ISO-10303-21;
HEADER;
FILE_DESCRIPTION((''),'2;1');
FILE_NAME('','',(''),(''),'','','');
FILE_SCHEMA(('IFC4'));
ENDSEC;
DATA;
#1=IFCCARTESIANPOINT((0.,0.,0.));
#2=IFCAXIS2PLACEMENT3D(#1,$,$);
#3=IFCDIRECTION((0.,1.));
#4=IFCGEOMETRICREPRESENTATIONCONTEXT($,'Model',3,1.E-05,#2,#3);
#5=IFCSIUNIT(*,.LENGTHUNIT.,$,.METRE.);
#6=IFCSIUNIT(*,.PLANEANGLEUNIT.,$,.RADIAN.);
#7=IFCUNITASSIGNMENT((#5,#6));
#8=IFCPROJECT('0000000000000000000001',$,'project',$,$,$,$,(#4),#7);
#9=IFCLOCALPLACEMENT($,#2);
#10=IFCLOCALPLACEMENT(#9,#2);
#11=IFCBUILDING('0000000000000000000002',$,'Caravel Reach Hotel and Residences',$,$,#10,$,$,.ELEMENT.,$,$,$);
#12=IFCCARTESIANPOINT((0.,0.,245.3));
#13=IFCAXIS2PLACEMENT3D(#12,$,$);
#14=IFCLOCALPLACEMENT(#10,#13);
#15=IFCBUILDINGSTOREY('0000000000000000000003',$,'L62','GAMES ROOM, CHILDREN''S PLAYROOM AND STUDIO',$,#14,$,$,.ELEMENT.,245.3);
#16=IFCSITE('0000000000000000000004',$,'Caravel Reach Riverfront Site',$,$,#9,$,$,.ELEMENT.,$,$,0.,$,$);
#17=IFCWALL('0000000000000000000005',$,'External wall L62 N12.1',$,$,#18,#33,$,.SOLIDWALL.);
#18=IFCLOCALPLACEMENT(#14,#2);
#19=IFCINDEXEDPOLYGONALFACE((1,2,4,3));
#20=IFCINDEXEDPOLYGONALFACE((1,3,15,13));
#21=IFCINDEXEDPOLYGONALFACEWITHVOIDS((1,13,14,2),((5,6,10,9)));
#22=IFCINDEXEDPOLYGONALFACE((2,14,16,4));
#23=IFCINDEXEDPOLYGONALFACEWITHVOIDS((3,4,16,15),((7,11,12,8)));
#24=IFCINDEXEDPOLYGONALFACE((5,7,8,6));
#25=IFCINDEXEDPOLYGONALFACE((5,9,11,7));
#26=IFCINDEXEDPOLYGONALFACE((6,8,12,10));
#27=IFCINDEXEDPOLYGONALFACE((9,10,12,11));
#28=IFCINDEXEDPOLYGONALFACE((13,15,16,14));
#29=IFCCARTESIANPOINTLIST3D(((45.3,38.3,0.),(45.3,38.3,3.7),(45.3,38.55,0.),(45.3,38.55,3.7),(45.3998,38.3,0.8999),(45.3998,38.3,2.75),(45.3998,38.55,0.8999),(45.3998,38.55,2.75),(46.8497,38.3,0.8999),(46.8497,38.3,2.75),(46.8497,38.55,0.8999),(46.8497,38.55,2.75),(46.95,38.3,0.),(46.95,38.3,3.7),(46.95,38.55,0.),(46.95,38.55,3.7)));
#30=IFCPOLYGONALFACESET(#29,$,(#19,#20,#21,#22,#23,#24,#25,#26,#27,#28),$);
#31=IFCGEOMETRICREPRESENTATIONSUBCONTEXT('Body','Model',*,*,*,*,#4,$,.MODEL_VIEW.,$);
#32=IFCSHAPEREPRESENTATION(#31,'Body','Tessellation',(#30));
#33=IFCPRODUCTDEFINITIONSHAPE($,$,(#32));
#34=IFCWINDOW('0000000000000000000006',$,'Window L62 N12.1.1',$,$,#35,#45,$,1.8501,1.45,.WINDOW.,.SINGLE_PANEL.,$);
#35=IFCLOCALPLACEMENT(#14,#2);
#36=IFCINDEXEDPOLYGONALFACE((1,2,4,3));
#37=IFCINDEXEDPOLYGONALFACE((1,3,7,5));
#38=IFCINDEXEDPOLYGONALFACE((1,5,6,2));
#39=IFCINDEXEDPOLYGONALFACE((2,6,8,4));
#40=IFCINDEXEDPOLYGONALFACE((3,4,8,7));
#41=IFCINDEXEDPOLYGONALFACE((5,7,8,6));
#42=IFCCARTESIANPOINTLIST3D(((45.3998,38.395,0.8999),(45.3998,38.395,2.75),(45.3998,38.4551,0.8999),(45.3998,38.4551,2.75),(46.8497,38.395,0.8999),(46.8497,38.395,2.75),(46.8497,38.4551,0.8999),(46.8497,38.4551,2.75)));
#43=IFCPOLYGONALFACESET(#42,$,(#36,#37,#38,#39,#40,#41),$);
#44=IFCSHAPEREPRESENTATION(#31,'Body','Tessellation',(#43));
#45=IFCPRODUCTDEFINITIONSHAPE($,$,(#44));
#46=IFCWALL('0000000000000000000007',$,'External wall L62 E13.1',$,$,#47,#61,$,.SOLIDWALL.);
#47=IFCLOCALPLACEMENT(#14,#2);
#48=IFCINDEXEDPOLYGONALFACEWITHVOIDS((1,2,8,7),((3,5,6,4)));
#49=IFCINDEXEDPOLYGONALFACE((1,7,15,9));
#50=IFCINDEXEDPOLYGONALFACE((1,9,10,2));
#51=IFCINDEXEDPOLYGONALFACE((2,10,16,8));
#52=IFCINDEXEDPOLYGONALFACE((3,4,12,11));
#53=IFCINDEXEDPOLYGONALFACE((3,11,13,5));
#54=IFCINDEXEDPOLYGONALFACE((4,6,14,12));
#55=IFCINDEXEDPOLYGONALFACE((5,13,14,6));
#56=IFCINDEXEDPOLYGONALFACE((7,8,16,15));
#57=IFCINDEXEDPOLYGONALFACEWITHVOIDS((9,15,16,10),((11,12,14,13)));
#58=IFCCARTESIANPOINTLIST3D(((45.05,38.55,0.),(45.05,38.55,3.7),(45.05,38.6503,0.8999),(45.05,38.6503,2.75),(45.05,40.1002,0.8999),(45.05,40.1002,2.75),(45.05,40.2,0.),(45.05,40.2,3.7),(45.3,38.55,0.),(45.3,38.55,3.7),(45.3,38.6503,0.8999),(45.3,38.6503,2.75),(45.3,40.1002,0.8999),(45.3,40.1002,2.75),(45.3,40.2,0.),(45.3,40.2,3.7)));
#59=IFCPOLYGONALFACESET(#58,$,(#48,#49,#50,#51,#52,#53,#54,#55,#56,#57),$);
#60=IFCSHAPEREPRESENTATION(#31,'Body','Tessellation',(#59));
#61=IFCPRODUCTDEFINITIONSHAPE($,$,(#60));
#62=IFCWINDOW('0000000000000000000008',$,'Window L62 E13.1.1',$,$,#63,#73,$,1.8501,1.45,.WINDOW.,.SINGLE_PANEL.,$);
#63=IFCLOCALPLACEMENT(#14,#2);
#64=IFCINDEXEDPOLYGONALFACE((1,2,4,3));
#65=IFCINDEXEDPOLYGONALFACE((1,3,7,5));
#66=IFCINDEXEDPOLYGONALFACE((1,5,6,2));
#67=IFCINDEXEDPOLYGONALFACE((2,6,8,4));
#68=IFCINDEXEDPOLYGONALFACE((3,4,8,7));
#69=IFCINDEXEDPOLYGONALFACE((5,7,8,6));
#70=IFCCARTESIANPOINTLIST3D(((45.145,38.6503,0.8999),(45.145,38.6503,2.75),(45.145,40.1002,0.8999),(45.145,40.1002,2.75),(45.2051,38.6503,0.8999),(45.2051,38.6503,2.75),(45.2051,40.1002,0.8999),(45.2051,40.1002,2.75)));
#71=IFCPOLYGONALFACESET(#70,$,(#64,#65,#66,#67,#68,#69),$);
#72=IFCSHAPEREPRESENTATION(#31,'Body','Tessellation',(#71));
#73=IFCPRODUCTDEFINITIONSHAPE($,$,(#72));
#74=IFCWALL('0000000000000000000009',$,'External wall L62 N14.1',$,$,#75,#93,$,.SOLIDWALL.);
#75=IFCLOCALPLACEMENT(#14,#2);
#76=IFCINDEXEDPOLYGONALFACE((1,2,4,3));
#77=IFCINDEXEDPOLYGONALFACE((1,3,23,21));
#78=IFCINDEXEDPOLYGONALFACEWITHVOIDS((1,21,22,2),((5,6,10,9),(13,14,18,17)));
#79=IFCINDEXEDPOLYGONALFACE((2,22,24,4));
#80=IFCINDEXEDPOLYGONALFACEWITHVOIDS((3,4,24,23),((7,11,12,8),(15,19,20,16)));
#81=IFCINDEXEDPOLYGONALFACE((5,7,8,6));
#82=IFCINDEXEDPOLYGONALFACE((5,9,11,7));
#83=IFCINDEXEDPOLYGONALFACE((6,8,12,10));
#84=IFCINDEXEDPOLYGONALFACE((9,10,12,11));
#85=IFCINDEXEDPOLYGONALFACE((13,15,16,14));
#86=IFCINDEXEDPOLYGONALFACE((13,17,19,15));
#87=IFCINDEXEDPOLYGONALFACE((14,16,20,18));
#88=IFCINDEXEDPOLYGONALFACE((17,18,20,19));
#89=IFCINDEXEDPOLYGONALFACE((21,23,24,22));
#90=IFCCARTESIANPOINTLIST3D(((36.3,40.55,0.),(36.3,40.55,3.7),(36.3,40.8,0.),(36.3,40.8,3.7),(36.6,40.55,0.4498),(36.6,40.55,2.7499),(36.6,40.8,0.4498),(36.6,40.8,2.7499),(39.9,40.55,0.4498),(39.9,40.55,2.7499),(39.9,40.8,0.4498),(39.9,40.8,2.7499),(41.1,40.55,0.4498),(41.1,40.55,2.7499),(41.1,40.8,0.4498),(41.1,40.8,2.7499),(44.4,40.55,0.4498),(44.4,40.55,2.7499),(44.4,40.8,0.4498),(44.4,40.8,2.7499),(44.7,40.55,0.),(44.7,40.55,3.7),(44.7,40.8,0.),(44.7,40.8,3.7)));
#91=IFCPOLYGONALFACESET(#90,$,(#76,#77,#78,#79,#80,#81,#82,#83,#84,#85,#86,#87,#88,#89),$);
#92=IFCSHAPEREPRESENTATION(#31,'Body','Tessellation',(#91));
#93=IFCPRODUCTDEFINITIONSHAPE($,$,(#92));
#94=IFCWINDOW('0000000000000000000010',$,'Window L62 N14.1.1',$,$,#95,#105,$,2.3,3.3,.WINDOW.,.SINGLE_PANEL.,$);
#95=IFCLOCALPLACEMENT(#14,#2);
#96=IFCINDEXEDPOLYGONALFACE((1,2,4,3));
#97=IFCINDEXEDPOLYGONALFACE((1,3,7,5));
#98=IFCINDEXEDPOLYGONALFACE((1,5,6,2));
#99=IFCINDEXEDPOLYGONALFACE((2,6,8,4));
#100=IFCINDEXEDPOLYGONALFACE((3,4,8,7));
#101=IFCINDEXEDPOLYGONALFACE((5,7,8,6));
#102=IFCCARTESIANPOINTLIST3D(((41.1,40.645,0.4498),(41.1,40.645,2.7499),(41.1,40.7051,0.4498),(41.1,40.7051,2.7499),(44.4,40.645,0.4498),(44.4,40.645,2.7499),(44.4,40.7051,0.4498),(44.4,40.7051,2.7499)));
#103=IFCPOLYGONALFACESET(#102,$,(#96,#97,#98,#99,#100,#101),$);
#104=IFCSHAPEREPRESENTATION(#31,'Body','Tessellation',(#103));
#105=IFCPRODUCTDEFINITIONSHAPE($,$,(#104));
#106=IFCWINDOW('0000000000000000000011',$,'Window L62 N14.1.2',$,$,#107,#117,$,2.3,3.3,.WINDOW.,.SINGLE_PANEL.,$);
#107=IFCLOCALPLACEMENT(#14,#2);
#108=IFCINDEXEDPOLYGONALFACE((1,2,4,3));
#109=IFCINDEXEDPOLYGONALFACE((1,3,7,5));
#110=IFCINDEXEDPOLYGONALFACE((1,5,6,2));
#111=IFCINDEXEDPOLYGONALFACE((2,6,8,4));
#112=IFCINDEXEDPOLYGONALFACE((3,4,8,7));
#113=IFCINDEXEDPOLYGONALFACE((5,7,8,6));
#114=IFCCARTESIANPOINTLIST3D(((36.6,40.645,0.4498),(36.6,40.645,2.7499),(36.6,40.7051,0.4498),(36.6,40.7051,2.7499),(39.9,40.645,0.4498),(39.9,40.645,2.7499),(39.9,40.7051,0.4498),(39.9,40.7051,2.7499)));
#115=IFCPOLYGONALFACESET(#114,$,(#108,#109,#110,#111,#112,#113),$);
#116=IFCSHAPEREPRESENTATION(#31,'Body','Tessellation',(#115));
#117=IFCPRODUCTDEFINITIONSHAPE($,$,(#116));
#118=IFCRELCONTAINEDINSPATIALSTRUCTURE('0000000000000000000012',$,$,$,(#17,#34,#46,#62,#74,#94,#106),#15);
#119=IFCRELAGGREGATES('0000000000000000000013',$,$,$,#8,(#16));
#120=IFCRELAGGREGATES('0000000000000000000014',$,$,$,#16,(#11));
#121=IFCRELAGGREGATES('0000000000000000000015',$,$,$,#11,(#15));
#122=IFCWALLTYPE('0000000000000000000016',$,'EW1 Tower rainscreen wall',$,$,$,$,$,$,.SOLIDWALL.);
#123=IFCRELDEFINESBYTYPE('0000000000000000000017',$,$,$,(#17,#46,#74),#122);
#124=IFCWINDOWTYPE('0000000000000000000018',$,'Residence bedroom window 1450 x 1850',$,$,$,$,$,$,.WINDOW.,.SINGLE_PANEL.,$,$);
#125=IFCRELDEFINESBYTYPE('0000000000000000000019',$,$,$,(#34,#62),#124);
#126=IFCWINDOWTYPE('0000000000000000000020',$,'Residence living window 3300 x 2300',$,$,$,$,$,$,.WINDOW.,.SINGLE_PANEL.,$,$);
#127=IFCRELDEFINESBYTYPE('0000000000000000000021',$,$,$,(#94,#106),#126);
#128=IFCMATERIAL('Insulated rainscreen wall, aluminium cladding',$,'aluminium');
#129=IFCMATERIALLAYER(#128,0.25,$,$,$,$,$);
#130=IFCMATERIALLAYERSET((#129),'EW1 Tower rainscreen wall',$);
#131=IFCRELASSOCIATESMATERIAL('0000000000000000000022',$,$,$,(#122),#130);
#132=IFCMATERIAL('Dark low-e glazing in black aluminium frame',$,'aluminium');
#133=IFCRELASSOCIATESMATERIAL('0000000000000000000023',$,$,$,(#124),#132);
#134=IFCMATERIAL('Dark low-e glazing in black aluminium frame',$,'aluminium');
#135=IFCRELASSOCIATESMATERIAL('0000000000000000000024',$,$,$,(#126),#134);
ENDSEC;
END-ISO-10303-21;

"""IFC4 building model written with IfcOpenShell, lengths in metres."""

from ifc_helpers import new_model, si_unit, direction, frame, frame_2d, origin, place, context, subcontext, project, spatial, rectangle, extrude, material, layer, layer_set, type_object, element, fill, save


model = new_model("IFC4")

# Units and contexts
model_context = context("Model", 3, precision=1e-05, world=origin(), true_north=direction((0.0, 1.0)))
body_context = subcontext(model_context, "Body", "Model", "MODEL_VIEW")
ifc_project = project(units=[si_unit("LENGTHUNIT", "METRE"), si_unit("PLANEANGLEUNIT", "RADIAN")], contexts=[model_context])

# Site, building, storey
site_placement = place(None, origin())
site = spatial("IfcSite", under=ifc_project, at=site_placement, Name="Caravel Reach Riverfront Site", CompositionType="ELEMENT", RefElevation=0.0)
building_placement = place(site_placement, origin())
building = spatial("IfcBuilding", under=site, at=building_placement, Name="Caravel Reach Hotel and Residences", CompositionType="ELEMENT")
storey_placement = place(building_placement, frame((0.0, 0.0, 245.3)))
storey = spatial("IfcBuildingStorey", under=building, at=storey_placement, Name="L62", Description="GAMES ROOM, CHILDREN'S PLAYROOM AND STUDIO", CompositionType="ELEMENT", Elevation=245.3)

# Walls, openings, windows
ifc_material_1 = material(Name="Insulated rainscreen wall, aluminium cladding", Category="aluminium")
ifc_layer = layer(ifc_material_1, 0.25)
ifc_layer_set = layer_set([ifc_layer], Name="EW1 Tower rainscreen wall")
wall_type = type_object("IfcWallType", Name="EW1 Tower rainscreen wall", PredefinedType="SOLIDWALL", material=ifc_layer_set)
ifc_material_2 = material(Name="Dark low-e glazing in black aluminium frame", Category="aluminium")
window_type_1 = type_object("IfcWindowType", Name="Residence bedroom window 1450 x 1850", PartitioningType="SINGLE_PANEL", PredefinedType="WINDOW", material=ifc_material_2)
wall_1_placement = place(storey_placement, frame((46.95, 38.425, 0.0), z_axis=(0.0, 0.0, 1.0), x_axis=(-1.0, 0.0, 0.0)))
wall_1 = element("IfcWall", 1, at=wall_1_placement, inside=storey, type_object=wall_type, Name="External wall L62 N12.1", PredefinedType="SOLIDWALL", context=body_context, shape_type="SweptSolid", body=[
    extrude(rectangle(XDim=1.6499, YDim=0.25, at=frame_2d((0.825, 0.0))), origin(), (0.0, 0.0, 1.0), 3.7),
])
opening_1_placement = place(wall_1_placement, frame((0.1001, 0.0, 0.8999)))
opening_1 = element("IfcOpeningElement", 2, at=opening_1_placement, cuts=wall_1, PredefinedType="OPENING", context=body_context, shape_type="SweptSolid", body=[
    extrude(rectangle(XDim=1.45, YDim=1.8501, at=frame_2d((0.7251, 0.925))), frame((0.0, 0.135, 0.0), z_axis=(0.0, -1.0, 0.0), x_axis=(1.0, 0.0, 0.0)), (0.0, 0.0, 1.0), 0.27),
])
window_1_placement = place(opening_1_placement, origin())
window_1 = element("IfcWindow", 3, at=window_1_placement, inside=storey, type_object=window_type_1, Name="Window L62 N12.1.1", OverallHeight=1.8501, OverallWidth=1.45, PartitioningType="SINGLE_PANEL", PredefinedType="WINDOW", context=body_context, shape_type="SweptSolid", body=[
    extrude(rectangle(XDim=1.45, YDim=1.8501, at=frame_2d((0.7251, 0.925))), frame((0.0, 0.03, 0.0), z_axis=(0.0, -1.0, 0.0), x_axis=(1.0, 0.0, 0.0)), (0.0, 0.0, 1.0), 0.0601),
])
fill(opening_1, window_1)
wall_2_placement = place(storey_placement, frame((45.175, 38.55, 0.0), z_axis=(0.0, 0.0, 1.0), x_axis=(0.0, 1.0, 0.0)))
wall_2 = element("IfcWall", 4, at=wall_2_placement, inside=storey, type_object=wall_type, Name="External wall L62 E13.1", PredefinedType="SOLIDWALL", context=body_context, shape_type="SweptSolid", body=[
    extrude(rectangle(XDim=1.6499, YDim=0.25, at=frame_2d((0.825, 0.0))), origin(), (0.0, 0.0, 1.0), 3.7),
])
opening_2_placement = place(wall_2_placement, frame((0.1001, 0.0, 0.8999)))
opening_2 = element("IfcOpeningElement", 5, at=opening_2_placement, cuts=wall_2, PredefinedType="OPENING", context=body_context, shape_type="SweptSolid", body=[
    extrude(rectangle(XDim=1.45, YDim=1.8501, at=frame_2d((0.7251, 0.925))), frame((0.0, 0.135, 0.0), z_axis=(0.0, -1.0, 0.0), x_axis=(1.0, 0.0, 0.0)), (0.0, 0.0, 1.0), 0.27),
])
window_2_placement = place(opening_2_placement, origin())
window_2 = element("IfcWindow", 6, at=window_2_placement, inside=storey, type_object=window_type_1, Name="Window L62 E13.1.1", OverallHeight=1.8501, OverallWidth=1.45, PartitioningType="SINGLE_PANEL", PredefinedType="WINDOW", context=body_context, shape_type="SweptSolid", body=[
    extrude(rectangle(XDim=1.45, YDim=1.8501, at=frame_2d((0.7251, 0.925))), frame((0.0, 0.03, 0.0), z_axis=(0.0, -1.0, 0.0), x_axis=(1.0, 0.0, 0.0)), (0.0, 0.0, 1.0), 0.0601),
])
fill(opening_2, window_2)

# Wall, openings, windows
wall_3_placement = place(storey_placement, frame((44.7, 40.675, 0.0), z_axis=(0.0, 0.0, 1.0), x_axis=(-1.0, 0.0, 0.0)))
wall_3 = element("IfcWall", 7, at=wall_3_placement, inside=storey, type_object=wall_type, Name="External wall L62 N14.1", PredefinedType="SOLIDWALL", context=body_context, shape_type="SweptSolid", body=[
    extrude(rectangle(XDim=8.3999, YDim=0.25, at=frame_2d((4.2, 0.0))), origin(), (0.0, 0.0, 1.0), 3.7),
])
opening_3_placement = place(wall_3_placement, frame((0.3, 0.0, 0.45)))
opening_3 = element("IfcOpeningElement", 8, at=opening_3_placement, cuts=wall_3, PredefinedType="OPENING", context=body_context, shape_type="SweptSolid", body=[
    extrude(rectangle(XDim=3.3, YDim=2.3, at=frame_2d((1.6499, 1.1499))), frame((0.0, 0.135, 0.0), z_axis=(0.0, -1.0, 0.0), x_axis=(1.0, 0.0, 0.0)), (0.0, 0.0, 1.0), 0.27),
])
opening_4_placement = place(wall_3_placement, frame((4.8, 0.0, 0.45)))
opening_4 = element("IfcOpeningElement", 9, at=opening_4_placement, cuts=wall_3, PredefinedType="OPENING", context=body_context, shape_type="SweptSolid", body=[
    extrude(rectangle(XDim=3.3, YDim=2.3, at=frame_2d((1.6499, 1.1499))), frame((0.0, 0.135, 0.0), z_axis=(0.0, -1.0, 0.0), x_axis=(1.0, 0.0, 0.0)), (0.0, 0.0, 1.0), 0.27),
])
ifc_material_3 = material(Name="Dark low-e glazing in black aluminium frame", Category="aluminium")
window_type_2 = type_object("IfcWindowType", Name="Residence living window 3300 x 2300", PartitioningType="SINGLE_PANEL", PredefinedType="WINDOW", material=ifc_material_3)
window_3_placement = place(opening_3_placement, origin())
window_3 = element("IfcWindow", 10, at=window_3_placement, inside=storey, type_object=window_type_2, Name="Window L62 N14.1.1", OverallHeight=2.3, OverallWidth=3.3, PartitioningType="SINGLE_PANEL", PredefinedType="WINDOW", context=body_context, shape_type="SweptSolid", body=[
    extrude(rectangle(XDim=3.3, YDim=2.3, at=frame_2d((1.6499, 1.1499))), frame((0.0, 0.03, 0.0), z_axis=(0.0, -1.0, 0.0), x_axis=(1.0, 0.0, 0.0)), (0.0, 0.0, 1.0), 0.0601),
])
fill(opening_3, window_3)
window_4_placement = place(opening_4_placement, origin())
window_4 = element("IfcWindow", 11, at=window_4_placement, inside=storey, type_object=window_type_2, Name="Window L62 N14.1.2", OverallHeight=2.3, OverallWidth=3.3, PartitioningType="SINGLE_PANEL", PredefinedType="WINDOW", context=body_context, shape_type="SweptSolid", body=[
    extrude(rectangle(XDim=3.3, YDim=2.3, at=frame_2d((1.6499, 1.1499))), frame((0.0, 0.03, 0.0), z_axis=(0.0, -1.0, 0.0), x_axis=(1.0, 0.0, 0.0)), (0.0, 0.0, 1.0), 0.0601),
])
fill(opening_4, window_4)

save(model, "model.ifc")
